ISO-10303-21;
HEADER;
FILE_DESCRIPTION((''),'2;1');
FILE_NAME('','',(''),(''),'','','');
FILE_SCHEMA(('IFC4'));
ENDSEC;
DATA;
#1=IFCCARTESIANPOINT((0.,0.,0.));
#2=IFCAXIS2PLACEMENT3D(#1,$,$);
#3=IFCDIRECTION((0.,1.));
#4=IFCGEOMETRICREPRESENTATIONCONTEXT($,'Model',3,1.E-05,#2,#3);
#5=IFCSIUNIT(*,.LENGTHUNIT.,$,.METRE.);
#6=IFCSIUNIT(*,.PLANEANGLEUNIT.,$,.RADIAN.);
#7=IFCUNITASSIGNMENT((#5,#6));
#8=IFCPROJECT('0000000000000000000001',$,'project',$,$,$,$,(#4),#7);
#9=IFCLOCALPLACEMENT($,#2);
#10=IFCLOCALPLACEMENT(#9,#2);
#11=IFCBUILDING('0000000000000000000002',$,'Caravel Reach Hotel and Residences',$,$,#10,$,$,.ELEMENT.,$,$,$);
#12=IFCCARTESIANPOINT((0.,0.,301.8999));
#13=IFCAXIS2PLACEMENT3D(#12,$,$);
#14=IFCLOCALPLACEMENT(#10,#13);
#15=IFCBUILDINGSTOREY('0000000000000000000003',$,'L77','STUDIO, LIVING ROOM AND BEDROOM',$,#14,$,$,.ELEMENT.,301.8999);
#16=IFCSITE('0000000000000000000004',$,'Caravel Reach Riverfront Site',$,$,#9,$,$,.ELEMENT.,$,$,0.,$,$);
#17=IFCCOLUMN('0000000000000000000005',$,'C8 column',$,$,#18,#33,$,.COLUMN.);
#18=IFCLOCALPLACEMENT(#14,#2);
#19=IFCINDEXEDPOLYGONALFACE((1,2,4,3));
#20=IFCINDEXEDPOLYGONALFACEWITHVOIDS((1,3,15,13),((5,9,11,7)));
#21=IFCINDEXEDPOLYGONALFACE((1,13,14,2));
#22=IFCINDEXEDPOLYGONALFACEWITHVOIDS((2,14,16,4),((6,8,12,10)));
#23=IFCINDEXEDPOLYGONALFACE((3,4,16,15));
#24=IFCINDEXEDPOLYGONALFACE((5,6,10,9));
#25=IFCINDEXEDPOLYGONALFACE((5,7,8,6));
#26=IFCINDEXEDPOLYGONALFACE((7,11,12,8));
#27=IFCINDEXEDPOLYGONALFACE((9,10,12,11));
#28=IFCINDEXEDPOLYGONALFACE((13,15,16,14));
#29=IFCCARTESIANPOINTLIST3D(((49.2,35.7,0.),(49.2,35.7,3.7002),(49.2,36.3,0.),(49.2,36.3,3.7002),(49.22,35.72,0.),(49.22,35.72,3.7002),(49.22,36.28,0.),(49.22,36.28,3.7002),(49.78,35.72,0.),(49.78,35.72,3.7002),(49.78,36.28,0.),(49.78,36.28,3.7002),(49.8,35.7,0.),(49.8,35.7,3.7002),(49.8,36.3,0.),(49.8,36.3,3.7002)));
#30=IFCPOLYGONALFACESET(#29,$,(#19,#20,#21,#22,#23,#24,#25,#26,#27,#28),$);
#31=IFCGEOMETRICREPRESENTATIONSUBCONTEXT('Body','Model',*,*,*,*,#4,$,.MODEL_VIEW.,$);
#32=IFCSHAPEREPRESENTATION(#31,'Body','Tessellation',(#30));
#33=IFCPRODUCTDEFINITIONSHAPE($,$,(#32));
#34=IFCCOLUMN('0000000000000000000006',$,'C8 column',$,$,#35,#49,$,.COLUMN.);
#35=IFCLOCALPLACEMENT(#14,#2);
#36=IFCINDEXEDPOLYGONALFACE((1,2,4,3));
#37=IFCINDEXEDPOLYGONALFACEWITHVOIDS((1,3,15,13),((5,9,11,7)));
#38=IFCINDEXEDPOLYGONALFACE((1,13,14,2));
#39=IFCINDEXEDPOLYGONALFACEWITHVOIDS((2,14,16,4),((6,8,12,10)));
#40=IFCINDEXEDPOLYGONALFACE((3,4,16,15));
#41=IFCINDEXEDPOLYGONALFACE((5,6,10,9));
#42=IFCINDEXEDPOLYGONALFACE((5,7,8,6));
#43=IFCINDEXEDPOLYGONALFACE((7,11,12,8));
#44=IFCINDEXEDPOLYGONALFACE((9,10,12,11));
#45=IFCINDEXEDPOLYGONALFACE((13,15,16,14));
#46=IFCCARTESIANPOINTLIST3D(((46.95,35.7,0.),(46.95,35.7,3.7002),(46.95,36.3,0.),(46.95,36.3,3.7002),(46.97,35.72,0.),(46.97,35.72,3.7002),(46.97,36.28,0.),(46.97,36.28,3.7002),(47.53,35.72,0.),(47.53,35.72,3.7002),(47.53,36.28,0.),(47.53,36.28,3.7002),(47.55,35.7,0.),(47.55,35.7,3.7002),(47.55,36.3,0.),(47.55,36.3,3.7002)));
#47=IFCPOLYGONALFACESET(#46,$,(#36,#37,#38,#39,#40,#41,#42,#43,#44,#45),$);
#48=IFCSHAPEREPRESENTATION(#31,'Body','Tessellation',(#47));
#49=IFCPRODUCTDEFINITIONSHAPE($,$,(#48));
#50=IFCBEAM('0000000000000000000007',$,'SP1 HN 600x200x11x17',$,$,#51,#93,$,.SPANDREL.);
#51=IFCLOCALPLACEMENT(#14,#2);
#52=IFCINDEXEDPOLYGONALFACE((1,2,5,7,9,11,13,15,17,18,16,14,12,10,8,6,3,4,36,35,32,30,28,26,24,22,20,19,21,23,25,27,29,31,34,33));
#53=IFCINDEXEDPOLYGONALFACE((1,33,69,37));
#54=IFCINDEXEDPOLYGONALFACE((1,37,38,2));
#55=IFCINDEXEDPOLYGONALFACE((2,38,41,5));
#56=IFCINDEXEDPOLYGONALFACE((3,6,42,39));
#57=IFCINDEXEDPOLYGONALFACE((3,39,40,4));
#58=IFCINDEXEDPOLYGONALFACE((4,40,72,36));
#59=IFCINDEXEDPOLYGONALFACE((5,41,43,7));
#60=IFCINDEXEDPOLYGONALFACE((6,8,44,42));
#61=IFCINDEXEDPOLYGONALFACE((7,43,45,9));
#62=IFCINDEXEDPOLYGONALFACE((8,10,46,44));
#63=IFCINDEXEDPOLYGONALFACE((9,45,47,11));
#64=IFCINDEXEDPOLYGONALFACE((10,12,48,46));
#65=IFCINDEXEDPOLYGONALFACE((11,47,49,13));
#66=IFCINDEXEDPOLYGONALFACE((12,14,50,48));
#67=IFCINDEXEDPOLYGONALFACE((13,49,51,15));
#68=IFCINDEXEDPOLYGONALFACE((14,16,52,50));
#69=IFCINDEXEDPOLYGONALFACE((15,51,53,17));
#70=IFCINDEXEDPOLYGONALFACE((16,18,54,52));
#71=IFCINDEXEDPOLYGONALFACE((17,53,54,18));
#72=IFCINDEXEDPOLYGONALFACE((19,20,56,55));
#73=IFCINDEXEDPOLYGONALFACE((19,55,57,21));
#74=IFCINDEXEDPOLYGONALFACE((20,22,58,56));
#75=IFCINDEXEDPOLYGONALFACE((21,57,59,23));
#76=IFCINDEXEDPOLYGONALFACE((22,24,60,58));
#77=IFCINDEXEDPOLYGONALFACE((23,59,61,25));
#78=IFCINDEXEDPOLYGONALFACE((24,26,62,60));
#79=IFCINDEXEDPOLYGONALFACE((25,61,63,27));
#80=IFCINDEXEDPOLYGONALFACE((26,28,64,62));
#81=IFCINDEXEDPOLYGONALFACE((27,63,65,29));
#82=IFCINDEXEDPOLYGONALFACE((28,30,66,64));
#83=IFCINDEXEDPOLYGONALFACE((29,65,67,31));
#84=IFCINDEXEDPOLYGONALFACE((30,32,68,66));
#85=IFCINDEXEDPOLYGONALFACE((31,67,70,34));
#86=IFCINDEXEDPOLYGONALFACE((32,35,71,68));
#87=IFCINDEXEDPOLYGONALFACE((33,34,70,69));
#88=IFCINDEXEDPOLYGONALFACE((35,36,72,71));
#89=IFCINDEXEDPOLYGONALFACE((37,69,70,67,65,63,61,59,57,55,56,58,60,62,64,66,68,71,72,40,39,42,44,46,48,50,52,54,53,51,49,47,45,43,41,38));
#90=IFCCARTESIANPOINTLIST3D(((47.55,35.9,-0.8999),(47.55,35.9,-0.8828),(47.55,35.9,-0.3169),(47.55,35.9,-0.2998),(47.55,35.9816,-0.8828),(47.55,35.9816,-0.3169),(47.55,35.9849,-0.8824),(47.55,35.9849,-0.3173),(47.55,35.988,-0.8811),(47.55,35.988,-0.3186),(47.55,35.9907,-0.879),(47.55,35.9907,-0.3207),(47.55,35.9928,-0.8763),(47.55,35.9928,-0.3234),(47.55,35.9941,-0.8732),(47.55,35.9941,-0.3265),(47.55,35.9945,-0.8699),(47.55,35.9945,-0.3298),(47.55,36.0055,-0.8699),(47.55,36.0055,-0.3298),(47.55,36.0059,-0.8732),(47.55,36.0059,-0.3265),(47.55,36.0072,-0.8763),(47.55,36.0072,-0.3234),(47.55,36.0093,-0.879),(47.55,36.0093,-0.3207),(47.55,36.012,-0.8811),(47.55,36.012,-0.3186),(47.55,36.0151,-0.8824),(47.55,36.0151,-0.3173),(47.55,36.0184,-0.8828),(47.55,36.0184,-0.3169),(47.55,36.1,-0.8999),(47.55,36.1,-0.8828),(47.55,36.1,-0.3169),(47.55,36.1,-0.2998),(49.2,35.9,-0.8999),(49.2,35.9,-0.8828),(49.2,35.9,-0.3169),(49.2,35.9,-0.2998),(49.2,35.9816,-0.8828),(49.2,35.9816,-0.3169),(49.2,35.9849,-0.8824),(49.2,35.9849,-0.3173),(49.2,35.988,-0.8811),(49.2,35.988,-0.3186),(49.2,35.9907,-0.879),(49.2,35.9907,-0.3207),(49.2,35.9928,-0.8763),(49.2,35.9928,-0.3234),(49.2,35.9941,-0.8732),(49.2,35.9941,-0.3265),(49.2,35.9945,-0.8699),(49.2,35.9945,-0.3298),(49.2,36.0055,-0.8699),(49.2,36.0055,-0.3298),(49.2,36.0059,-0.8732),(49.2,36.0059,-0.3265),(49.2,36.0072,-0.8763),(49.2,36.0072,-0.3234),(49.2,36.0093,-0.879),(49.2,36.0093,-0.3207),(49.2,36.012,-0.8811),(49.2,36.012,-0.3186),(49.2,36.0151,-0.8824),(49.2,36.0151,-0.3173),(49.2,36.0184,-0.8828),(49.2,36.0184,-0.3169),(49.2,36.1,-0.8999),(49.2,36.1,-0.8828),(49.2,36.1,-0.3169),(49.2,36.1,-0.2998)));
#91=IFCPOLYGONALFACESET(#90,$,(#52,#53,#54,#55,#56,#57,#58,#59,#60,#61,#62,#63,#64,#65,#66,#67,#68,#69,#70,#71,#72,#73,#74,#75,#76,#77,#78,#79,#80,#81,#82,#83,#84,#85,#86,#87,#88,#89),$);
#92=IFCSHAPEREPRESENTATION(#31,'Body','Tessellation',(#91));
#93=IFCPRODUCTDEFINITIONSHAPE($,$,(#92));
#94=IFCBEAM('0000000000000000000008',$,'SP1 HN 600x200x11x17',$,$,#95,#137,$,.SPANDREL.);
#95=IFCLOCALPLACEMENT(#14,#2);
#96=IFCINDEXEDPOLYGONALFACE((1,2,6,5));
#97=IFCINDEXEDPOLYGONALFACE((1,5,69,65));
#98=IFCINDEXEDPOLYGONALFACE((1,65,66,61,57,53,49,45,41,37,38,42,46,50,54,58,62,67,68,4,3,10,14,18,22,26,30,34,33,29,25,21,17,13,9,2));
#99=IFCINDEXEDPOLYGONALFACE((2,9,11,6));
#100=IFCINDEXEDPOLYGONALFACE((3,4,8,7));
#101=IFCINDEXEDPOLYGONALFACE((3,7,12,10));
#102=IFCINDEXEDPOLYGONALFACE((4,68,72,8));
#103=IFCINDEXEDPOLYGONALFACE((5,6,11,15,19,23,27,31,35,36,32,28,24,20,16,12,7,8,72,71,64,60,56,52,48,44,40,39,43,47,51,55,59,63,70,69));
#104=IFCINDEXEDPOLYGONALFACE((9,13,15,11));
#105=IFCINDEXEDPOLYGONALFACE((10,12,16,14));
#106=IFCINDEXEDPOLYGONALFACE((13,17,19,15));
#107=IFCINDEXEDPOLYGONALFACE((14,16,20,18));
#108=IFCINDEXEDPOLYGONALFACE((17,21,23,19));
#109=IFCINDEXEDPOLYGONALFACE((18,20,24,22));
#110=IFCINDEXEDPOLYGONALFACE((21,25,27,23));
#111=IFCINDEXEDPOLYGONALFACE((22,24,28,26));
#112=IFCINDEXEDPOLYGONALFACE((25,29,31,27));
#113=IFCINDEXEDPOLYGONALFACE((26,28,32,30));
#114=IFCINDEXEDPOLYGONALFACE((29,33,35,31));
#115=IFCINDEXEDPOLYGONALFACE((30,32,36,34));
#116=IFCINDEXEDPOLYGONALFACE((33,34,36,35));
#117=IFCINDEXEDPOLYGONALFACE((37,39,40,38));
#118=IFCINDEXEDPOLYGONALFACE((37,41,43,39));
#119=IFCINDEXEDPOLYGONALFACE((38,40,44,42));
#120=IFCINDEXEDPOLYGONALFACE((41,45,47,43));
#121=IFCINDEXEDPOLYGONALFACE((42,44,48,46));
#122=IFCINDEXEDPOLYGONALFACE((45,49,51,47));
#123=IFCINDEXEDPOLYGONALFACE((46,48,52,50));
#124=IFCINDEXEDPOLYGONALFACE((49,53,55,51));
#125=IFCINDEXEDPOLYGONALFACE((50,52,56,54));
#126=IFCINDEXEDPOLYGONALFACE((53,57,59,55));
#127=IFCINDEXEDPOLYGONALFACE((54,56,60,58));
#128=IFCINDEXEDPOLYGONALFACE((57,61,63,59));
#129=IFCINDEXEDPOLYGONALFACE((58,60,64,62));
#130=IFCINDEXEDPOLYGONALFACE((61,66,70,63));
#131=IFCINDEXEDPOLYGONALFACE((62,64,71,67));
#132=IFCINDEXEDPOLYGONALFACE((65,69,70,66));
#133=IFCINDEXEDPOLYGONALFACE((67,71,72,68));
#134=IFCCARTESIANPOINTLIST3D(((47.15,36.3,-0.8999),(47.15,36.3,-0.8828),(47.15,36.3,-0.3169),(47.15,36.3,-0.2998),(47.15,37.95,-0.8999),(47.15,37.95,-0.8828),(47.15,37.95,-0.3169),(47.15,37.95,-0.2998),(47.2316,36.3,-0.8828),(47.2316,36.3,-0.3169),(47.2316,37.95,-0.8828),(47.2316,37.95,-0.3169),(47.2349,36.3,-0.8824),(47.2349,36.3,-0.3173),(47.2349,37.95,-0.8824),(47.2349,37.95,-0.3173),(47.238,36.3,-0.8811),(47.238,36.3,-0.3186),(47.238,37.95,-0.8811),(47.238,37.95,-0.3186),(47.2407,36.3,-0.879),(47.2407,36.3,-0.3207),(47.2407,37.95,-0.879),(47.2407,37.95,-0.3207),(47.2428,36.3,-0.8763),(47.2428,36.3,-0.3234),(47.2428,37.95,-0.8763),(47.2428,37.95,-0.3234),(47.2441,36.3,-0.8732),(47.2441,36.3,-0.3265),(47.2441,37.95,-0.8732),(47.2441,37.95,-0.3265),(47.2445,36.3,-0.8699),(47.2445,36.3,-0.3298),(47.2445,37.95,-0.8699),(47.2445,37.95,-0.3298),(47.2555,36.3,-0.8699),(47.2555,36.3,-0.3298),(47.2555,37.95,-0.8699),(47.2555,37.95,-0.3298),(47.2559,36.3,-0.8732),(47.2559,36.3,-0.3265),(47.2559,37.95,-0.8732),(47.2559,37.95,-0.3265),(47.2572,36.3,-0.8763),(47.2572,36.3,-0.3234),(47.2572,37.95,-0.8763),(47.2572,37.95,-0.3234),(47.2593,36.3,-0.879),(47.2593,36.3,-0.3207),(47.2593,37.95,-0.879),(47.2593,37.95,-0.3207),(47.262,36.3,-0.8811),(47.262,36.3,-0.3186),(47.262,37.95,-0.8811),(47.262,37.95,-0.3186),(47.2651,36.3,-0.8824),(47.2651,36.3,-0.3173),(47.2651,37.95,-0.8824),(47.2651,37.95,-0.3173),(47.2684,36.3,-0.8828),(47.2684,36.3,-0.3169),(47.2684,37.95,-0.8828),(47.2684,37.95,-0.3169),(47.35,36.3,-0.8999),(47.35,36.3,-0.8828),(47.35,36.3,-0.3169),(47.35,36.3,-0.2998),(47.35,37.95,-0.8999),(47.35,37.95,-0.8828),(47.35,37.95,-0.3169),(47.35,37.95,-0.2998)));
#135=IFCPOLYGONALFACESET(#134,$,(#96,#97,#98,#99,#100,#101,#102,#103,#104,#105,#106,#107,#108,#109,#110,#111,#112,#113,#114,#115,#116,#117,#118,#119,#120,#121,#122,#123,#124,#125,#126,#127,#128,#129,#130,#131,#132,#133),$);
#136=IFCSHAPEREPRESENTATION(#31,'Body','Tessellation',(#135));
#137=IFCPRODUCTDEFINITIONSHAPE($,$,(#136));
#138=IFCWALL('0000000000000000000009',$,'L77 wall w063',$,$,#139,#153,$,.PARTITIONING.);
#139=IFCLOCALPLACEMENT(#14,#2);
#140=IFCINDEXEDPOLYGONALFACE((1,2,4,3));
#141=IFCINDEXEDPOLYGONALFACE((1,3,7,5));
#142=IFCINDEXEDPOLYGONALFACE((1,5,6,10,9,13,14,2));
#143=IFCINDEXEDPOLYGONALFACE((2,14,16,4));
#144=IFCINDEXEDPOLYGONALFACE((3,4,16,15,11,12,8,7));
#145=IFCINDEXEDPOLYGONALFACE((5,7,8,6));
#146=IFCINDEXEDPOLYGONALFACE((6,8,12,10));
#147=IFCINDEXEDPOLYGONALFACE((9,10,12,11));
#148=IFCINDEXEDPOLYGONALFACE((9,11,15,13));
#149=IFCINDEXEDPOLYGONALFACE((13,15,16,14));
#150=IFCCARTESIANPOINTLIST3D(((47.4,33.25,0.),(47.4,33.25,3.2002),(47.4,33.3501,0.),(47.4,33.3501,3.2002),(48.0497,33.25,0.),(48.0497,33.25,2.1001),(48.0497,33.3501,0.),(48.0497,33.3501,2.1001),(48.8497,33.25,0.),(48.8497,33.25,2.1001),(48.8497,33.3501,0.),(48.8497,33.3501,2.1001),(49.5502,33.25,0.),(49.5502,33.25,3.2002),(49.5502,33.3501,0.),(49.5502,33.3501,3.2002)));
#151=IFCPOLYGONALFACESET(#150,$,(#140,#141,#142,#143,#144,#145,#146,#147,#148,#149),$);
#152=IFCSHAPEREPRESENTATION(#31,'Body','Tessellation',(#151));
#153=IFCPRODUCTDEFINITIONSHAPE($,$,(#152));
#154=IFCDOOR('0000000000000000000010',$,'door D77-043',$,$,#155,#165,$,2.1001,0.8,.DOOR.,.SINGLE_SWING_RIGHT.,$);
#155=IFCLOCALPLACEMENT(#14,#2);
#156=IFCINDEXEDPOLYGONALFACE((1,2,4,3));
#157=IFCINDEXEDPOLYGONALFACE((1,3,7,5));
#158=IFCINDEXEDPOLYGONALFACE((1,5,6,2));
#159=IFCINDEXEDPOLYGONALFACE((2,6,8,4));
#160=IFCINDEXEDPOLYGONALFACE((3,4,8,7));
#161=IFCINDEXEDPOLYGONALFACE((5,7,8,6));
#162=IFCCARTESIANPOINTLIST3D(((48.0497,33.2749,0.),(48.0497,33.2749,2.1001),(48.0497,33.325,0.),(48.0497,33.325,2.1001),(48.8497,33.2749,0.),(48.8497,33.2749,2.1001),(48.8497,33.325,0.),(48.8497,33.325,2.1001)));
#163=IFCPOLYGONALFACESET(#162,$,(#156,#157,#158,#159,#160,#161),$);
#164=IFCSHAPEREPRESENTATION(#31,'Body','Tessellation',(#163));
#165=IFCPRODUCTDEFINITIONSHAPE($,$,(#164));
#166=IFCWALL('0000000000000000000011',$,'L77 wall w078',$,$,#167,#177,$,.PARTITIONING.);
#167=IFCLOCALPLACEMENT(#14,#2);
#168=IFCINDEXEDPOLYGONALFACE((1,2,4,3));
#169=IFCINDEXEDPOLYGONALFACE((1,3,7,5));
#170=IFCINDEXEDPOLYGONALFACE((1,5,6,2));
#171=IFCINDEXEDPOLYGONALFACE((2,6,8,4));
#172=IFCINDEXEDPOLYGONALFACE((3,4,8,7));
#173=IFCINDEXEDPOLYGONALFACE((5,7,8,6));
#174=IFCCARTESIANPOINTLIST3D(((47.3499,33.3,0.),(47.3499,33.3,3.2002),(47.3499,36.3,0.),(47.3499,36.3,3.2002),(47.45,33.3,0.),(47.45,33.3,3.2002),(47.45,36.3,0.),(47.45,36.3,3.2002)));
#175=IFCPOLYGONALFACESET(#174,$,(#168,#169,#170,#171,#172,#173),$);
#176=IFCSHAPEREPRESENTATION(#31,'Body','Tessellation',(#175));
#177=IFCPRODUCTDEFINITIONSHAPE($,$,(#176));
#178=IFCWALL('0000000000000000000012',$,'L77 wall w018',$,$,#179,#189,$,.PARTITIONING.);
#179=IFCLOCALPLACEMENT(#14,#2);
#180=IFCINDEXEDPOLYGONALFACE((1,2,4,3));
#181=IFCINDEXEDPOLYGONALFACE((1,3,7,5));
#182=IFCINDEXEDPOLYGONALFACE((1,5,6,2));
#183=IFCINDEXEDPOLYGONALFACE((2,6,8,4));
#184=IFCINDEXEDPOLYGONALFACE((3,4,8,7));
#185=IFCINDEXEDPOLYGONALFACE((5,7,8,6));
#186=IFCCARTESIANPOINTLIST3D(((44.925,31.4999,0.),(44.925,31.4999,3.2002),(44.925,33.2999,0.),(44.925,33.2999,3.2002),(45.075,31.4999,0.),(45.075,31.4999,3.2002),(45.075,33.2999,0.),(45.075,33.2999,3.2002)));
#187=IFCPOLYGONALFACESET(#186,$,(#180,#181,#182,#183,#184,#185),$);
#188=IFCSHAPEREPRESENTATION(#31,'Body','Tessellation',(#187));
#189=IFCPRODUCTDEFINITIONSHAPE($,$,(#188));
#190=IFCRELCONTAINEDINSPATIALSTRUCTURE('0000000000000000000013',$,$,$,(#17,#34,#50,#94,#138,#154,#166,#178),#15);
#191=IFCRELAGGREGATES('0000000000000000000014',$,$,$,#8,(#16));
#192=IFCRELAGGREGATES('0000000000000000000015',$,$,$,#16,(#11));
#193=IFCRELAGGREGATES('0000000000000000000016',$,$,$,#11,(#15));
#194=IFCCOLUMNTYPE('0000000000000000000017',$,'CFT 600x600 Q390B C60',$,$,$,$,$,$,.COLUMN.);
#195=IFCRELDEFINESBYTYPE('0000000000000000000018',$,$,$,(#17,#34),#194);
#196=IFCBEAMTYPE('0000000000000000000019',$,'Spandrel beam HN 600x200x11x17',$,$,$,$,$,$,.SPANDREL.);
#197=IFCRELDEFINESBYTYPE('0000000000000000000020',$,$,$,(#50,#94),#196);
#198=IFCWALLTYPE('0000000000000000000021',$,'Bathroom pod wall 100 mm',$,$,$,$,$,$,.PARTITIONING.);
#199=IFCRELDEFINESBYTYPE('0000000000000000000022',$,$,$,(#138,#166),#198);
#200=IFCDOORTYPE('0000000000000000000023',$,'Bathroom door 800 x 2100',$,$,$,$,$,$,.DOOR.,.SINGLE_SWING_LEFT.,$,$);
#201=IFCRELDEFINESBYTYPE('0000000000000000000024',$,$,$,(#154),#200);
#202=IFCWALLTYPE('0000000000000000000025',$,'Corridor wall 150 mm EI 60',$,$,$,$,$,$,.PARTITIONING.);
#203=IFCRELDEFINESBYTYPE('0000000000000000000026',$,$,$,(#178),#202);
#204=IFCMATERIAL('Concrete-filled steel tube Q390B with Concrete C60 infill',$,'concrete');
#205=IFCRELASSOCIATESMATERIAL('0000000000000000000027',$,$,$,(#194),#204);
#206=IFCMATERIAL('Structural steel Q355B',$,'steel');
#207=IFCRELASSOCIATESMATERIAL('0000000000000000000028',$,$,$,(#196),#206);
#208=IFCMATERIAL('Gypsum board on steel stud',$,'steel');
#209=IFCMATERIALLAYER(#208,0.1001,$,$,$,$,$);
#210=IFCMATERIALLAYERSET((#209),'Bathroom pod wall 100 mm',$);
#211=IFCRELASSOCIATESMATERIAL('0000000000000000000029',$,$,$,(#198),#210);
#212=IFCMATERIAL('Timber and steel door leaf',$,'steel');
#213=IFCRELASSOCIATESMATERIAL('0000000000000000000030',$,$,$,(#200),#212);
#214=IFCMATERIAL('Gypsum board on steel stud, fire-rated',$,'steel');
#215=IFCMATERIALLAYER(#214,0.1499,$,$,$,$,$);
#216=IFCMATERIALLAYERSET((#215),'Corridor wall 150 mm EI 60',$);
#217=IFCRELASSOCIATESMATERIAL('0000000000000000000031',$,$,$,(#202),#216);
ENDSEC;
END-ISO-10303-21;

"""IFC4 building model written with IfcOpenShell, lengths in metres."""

from ifc_helpers import new_model, si_unit, direction, frame, frame_2d, origin, origin_2d, place, context, subcontext, project, spatial, rectangle, hollow_rectangle, i_section, extrude, material, layer, layer_set, material_profile, profile_set, type_object, element, fill, save


model = new_model("IFC4")

# Units and contexts
model_context = context("Model", 3, precision=1e-05, world=origin(), true_north=direction((0.0, 1.0)))
body_context = subcontext(model_context, "Body", "Model", "MODEL_VIEW")
ifc_project = project(units=[si_unit("LENGTHUNIT", "METRE"), si_unit("PLANEANGLEUNIT", "RADIAN")], contexts=[model_context])

# Site, building, storey
site_placement = place(None, origin())
site = spatial("IfcSite", under=ifc_project, at=site_placement, Name="Caravel Reach Riverfront Site", CompositionType="ELEMENT", RefElevation=0.0)
building_placement = place(site_placement, origin())
building = spatial("IfcBuilding", under=site, at=building_placement, Name="Caravel Reach Hotel and Residences", CompositionType="ELEMENT")
storey_placement = place(building_placement, frame((0.0, 0.0, 301.8999)))
storey = spatial("IfcBuildingStorey", under=building, at=storey_placement, Name="L77", Description="STUDIO, LIVING ROOM AND BEDROOM", CompositionType="ELEMENT", Elevation=301.8999)

# Columns
ifc_material_1 = material(Name="Concrete-filled steel tube Q390B with Concrete C60 infill", Category="concrete")
ifc_material_profile_1 = material_profile(ifc_material_1, hollow_rectangle(XDim=0.6001, YDim=0.6001, WallThickness=0.02, at=origin_2d()), Name="RHS 600x600x20")
ifc_profile_set_1 = profile_set([ifc_material_profile_1], Name="Concrete-filled steel tube Q390B with Concrete C60 infill")
column_type = type_object("IfcColumnType", Name="CFT 600x600 Q390B C60", PredefinedType="COLUMN", material=ifc_profile_set_1)
for number, where, z_axis, x_axis, name in (
    (1, (49.5, 36.0, 0.0), (0.0, 0.0, 1.0), (1.0, 0.0, 0.0), "C8 column"),
    (2, (47.25, 36.0, 0.0), (0.0, 0.0, 1.0), (1.0, 0.0, 0.0), "C8 column"),
):
    element("IfcColumn", number, at=place(storey_placement, frame(where, z_axis=z_axis, x_axis=x_axis)), inside=storey, type_object=column_type, Name=name, PredefinedType="COLUMN", context=body_context, shape_type="SweptSolid", body=[
        extrude(hollow_rectangle(XDim=0.6001, YDim=0.6001, WallThickness=0.02, at=origin_2d()), origin(), (0.0, 0.0, 1.0), 3.7002),
    ])

# Beams
ifc_material_2 = material(Name="Structural steel Q355B", Category="steel")
ifc_material_profile_2 = material_profile(ifc_material_2, i_section(OverallWidth=0.2, OverallDepth=0.6001, WebThickness=0.011, FlangeThickness=0.0171, FilletRadius=0.0129, at=origin_2d()), Name="HN 600x200x11x17")
ifc_profile_set_2 = profile_set([ifc_material_profile_2], Name="Structural steel Q355B")
beam_type = type_object("IfcBeamType", Name="Spandrel beam HN 600x200x11x17", PredefinedType="SPANDREL", material=ifc_profile_set_2)
for number, where, z_axis, x_axis, name in (
    (3, (49.2, 36.0, -0.5999), (-1.0, 0.0, 0.0), (0.0, -1.0, 0.0), "SP1 HN 600x200x11x17"),
    (4, (47.25, 36.3, -0.5999), (0.0, 1.0, 0.0), (-1.0, 0.0, 0.0), "SP1 HN 600x200x11x17"),
):
    element("IfcBeam", number, at=place(storey_placement, frame(where, z_axis=z_axis, x_axis=x_axis)), inside=storey, type_object=beam_type, Name=name, PredefinedType="SPANDREL", context=body_context, shape_type="SweptSolid", body=[
        extrude(i_section(OverallWidth=0.2, OverallDepth=0.6001, WebThickness=0.011, FlangeThickness=0.0171, FilletRadius=0.0129, at=origin_2d()), origin(), (0.0, 0.0, 1.0), 1.6499),
    ])

# Wall, opening, door
ifc_material_3 = material(Name="Gypsum board on steel stud", Category="steel")
ifc_layer_1 = layer(ifc_material_3, 0.1001)
ifc_layer_set_1 = layer_set([ifc_layer_1], Name="Bathroom pod wall 100 mm")
wall_type_1 = type_object("IfcWallType", Name="Bathroom pod wall 100 mm", PredefinedType="PARTITIONING", material=ifc_layer_set_1)
wall_1_placement = place(storey_placement, frame((47.3999, 33.3, 0.0), z_axis=(0.0, 0.0, 1.0), x_axis=(1.0, 0.0, 0.0)))
wall_1 = element("IfcWall", 5, at=wall_1_placement, inside=storey, type_object=wall_type_1, Name="L77 wall w063", PredefinedType="PARTITIONING", context=body_context, shape_type="SweptSolid", body=[
    extrude(rectangle(XDim=2.1501, YDim=0.1001, at=frame_2d((1.0752, 0.0))), origin(), (0.0, 0.0, 1.0), 3.2002),
])
opening_1_placement = place(wall_1_placement, frame((0.6499, 0.0, 0.0)))
opening_1 = element("IfcOpeningElement", 6, at=opening_1_placement, cuts=wall_1, PredefinedType="OPENING", context=body_context, shape_type="SweptSolid", body=[
    extrude(rectangle(XDim=0.8, YDim=2.1001, at=frame_2d((0.3999, 1.05))), frame((0.0, 0.0601, 0.0), z_axis=(0.0, -1.0, 0.0), x_axis=(1.0, 0.0, 0.0)), (0.0, 0.0, 1.0), 0.1201),
])
ifc_material_4 = material(Name="Timber and steel door leaf", Category="steel")
door_type_1 = type_object("IfcDoorType", Name="Bathroom door 800 x 2100", OperationType="SINGLE_SWING_LEFT", PredefinedType="DOOR", material=ifc_material_4)
door_1_placement = place(opening_1_placement, origin())
door_1 = element("IfcDoor", 7, at=door_1_placement, inside=storey, type_object=door_type_1, Name="door D77-043", OperationType="SINGLE_SWING_RIGHT", OverallHeight=2.1001, OverallWidth=0.8, PredefinedType="DOOR", context=body_context, shape_type="SweptSolid", body=[
    extrude(rectangle(XDim=0.8, YDim=2.1001, at=frame_2d((0.3999, 1.05))), frame((0.0, 0.0249, 0.0), z_axis=(0.0, -1.0, 0.0), x_axis=(1.0, 0.0, 0.0)), (0.0, 0.0, 1.0), 0.05),
])
fill(opening_1, door_1)

# Walls
wall_2_placement = place(storey_placement, frame((47.3999, 33.3, 0.0), z_axis=(0.0, 0.0, 1.0), x_axis=(0.0, 1.0, 0.0)))
element("IfcWall", 8, at=wall_2_placement, inside=storey, type_object=wall_type_1, Name="L77 wall w078", PredefinedType="PARTITIONING", context=body_context, shape_type="SweptSolid", body=[
    extrude(rectangle(XDim=3.0, YDim=0.1001, at=frame_2d((1.5, 0.0))), origin(), (0.0, 0.0, 1.0), 3.2002),
])
ifc_material_5 = material(Name="Gypsum board on steel stud, fire-rated", Category="steel")
ifc_layer_2 = layer(ifc_material_5, 0.1499)
ifc_layer_set_2 = layer_set([ifc_layer_2], Name="Corridor wall 150 mm EI 60")
wall_type_2 = type_object("IfcWallType", Name="Corridor wall 150 mm EI 60", PredefinedType="PARTITIONING", material=ifc_layer_set_2)
wall_3_placement = place(storey_placement, frame((45.0, 31.5, 0.0), z_axis=(0.0, 0.0, 1.0), x_axis=(0.0, 1.0, 0.0)))
element("IfcWall", 9, at=wall_3_placement, inside=storey, type_object=wall_type_2, Name="L77 wall w018", PredefinedType="PARTITIONING", context=body_context, shape_type="SweptSolid", body=[
    extrude(rectangle(XDim=1.8, YDim=0.1499, at=frame_2d((0.8999, 0.0))), origin(), (0.0, 0.0, 1.0), 3.2002),
])

save(model, "model.ifc")
